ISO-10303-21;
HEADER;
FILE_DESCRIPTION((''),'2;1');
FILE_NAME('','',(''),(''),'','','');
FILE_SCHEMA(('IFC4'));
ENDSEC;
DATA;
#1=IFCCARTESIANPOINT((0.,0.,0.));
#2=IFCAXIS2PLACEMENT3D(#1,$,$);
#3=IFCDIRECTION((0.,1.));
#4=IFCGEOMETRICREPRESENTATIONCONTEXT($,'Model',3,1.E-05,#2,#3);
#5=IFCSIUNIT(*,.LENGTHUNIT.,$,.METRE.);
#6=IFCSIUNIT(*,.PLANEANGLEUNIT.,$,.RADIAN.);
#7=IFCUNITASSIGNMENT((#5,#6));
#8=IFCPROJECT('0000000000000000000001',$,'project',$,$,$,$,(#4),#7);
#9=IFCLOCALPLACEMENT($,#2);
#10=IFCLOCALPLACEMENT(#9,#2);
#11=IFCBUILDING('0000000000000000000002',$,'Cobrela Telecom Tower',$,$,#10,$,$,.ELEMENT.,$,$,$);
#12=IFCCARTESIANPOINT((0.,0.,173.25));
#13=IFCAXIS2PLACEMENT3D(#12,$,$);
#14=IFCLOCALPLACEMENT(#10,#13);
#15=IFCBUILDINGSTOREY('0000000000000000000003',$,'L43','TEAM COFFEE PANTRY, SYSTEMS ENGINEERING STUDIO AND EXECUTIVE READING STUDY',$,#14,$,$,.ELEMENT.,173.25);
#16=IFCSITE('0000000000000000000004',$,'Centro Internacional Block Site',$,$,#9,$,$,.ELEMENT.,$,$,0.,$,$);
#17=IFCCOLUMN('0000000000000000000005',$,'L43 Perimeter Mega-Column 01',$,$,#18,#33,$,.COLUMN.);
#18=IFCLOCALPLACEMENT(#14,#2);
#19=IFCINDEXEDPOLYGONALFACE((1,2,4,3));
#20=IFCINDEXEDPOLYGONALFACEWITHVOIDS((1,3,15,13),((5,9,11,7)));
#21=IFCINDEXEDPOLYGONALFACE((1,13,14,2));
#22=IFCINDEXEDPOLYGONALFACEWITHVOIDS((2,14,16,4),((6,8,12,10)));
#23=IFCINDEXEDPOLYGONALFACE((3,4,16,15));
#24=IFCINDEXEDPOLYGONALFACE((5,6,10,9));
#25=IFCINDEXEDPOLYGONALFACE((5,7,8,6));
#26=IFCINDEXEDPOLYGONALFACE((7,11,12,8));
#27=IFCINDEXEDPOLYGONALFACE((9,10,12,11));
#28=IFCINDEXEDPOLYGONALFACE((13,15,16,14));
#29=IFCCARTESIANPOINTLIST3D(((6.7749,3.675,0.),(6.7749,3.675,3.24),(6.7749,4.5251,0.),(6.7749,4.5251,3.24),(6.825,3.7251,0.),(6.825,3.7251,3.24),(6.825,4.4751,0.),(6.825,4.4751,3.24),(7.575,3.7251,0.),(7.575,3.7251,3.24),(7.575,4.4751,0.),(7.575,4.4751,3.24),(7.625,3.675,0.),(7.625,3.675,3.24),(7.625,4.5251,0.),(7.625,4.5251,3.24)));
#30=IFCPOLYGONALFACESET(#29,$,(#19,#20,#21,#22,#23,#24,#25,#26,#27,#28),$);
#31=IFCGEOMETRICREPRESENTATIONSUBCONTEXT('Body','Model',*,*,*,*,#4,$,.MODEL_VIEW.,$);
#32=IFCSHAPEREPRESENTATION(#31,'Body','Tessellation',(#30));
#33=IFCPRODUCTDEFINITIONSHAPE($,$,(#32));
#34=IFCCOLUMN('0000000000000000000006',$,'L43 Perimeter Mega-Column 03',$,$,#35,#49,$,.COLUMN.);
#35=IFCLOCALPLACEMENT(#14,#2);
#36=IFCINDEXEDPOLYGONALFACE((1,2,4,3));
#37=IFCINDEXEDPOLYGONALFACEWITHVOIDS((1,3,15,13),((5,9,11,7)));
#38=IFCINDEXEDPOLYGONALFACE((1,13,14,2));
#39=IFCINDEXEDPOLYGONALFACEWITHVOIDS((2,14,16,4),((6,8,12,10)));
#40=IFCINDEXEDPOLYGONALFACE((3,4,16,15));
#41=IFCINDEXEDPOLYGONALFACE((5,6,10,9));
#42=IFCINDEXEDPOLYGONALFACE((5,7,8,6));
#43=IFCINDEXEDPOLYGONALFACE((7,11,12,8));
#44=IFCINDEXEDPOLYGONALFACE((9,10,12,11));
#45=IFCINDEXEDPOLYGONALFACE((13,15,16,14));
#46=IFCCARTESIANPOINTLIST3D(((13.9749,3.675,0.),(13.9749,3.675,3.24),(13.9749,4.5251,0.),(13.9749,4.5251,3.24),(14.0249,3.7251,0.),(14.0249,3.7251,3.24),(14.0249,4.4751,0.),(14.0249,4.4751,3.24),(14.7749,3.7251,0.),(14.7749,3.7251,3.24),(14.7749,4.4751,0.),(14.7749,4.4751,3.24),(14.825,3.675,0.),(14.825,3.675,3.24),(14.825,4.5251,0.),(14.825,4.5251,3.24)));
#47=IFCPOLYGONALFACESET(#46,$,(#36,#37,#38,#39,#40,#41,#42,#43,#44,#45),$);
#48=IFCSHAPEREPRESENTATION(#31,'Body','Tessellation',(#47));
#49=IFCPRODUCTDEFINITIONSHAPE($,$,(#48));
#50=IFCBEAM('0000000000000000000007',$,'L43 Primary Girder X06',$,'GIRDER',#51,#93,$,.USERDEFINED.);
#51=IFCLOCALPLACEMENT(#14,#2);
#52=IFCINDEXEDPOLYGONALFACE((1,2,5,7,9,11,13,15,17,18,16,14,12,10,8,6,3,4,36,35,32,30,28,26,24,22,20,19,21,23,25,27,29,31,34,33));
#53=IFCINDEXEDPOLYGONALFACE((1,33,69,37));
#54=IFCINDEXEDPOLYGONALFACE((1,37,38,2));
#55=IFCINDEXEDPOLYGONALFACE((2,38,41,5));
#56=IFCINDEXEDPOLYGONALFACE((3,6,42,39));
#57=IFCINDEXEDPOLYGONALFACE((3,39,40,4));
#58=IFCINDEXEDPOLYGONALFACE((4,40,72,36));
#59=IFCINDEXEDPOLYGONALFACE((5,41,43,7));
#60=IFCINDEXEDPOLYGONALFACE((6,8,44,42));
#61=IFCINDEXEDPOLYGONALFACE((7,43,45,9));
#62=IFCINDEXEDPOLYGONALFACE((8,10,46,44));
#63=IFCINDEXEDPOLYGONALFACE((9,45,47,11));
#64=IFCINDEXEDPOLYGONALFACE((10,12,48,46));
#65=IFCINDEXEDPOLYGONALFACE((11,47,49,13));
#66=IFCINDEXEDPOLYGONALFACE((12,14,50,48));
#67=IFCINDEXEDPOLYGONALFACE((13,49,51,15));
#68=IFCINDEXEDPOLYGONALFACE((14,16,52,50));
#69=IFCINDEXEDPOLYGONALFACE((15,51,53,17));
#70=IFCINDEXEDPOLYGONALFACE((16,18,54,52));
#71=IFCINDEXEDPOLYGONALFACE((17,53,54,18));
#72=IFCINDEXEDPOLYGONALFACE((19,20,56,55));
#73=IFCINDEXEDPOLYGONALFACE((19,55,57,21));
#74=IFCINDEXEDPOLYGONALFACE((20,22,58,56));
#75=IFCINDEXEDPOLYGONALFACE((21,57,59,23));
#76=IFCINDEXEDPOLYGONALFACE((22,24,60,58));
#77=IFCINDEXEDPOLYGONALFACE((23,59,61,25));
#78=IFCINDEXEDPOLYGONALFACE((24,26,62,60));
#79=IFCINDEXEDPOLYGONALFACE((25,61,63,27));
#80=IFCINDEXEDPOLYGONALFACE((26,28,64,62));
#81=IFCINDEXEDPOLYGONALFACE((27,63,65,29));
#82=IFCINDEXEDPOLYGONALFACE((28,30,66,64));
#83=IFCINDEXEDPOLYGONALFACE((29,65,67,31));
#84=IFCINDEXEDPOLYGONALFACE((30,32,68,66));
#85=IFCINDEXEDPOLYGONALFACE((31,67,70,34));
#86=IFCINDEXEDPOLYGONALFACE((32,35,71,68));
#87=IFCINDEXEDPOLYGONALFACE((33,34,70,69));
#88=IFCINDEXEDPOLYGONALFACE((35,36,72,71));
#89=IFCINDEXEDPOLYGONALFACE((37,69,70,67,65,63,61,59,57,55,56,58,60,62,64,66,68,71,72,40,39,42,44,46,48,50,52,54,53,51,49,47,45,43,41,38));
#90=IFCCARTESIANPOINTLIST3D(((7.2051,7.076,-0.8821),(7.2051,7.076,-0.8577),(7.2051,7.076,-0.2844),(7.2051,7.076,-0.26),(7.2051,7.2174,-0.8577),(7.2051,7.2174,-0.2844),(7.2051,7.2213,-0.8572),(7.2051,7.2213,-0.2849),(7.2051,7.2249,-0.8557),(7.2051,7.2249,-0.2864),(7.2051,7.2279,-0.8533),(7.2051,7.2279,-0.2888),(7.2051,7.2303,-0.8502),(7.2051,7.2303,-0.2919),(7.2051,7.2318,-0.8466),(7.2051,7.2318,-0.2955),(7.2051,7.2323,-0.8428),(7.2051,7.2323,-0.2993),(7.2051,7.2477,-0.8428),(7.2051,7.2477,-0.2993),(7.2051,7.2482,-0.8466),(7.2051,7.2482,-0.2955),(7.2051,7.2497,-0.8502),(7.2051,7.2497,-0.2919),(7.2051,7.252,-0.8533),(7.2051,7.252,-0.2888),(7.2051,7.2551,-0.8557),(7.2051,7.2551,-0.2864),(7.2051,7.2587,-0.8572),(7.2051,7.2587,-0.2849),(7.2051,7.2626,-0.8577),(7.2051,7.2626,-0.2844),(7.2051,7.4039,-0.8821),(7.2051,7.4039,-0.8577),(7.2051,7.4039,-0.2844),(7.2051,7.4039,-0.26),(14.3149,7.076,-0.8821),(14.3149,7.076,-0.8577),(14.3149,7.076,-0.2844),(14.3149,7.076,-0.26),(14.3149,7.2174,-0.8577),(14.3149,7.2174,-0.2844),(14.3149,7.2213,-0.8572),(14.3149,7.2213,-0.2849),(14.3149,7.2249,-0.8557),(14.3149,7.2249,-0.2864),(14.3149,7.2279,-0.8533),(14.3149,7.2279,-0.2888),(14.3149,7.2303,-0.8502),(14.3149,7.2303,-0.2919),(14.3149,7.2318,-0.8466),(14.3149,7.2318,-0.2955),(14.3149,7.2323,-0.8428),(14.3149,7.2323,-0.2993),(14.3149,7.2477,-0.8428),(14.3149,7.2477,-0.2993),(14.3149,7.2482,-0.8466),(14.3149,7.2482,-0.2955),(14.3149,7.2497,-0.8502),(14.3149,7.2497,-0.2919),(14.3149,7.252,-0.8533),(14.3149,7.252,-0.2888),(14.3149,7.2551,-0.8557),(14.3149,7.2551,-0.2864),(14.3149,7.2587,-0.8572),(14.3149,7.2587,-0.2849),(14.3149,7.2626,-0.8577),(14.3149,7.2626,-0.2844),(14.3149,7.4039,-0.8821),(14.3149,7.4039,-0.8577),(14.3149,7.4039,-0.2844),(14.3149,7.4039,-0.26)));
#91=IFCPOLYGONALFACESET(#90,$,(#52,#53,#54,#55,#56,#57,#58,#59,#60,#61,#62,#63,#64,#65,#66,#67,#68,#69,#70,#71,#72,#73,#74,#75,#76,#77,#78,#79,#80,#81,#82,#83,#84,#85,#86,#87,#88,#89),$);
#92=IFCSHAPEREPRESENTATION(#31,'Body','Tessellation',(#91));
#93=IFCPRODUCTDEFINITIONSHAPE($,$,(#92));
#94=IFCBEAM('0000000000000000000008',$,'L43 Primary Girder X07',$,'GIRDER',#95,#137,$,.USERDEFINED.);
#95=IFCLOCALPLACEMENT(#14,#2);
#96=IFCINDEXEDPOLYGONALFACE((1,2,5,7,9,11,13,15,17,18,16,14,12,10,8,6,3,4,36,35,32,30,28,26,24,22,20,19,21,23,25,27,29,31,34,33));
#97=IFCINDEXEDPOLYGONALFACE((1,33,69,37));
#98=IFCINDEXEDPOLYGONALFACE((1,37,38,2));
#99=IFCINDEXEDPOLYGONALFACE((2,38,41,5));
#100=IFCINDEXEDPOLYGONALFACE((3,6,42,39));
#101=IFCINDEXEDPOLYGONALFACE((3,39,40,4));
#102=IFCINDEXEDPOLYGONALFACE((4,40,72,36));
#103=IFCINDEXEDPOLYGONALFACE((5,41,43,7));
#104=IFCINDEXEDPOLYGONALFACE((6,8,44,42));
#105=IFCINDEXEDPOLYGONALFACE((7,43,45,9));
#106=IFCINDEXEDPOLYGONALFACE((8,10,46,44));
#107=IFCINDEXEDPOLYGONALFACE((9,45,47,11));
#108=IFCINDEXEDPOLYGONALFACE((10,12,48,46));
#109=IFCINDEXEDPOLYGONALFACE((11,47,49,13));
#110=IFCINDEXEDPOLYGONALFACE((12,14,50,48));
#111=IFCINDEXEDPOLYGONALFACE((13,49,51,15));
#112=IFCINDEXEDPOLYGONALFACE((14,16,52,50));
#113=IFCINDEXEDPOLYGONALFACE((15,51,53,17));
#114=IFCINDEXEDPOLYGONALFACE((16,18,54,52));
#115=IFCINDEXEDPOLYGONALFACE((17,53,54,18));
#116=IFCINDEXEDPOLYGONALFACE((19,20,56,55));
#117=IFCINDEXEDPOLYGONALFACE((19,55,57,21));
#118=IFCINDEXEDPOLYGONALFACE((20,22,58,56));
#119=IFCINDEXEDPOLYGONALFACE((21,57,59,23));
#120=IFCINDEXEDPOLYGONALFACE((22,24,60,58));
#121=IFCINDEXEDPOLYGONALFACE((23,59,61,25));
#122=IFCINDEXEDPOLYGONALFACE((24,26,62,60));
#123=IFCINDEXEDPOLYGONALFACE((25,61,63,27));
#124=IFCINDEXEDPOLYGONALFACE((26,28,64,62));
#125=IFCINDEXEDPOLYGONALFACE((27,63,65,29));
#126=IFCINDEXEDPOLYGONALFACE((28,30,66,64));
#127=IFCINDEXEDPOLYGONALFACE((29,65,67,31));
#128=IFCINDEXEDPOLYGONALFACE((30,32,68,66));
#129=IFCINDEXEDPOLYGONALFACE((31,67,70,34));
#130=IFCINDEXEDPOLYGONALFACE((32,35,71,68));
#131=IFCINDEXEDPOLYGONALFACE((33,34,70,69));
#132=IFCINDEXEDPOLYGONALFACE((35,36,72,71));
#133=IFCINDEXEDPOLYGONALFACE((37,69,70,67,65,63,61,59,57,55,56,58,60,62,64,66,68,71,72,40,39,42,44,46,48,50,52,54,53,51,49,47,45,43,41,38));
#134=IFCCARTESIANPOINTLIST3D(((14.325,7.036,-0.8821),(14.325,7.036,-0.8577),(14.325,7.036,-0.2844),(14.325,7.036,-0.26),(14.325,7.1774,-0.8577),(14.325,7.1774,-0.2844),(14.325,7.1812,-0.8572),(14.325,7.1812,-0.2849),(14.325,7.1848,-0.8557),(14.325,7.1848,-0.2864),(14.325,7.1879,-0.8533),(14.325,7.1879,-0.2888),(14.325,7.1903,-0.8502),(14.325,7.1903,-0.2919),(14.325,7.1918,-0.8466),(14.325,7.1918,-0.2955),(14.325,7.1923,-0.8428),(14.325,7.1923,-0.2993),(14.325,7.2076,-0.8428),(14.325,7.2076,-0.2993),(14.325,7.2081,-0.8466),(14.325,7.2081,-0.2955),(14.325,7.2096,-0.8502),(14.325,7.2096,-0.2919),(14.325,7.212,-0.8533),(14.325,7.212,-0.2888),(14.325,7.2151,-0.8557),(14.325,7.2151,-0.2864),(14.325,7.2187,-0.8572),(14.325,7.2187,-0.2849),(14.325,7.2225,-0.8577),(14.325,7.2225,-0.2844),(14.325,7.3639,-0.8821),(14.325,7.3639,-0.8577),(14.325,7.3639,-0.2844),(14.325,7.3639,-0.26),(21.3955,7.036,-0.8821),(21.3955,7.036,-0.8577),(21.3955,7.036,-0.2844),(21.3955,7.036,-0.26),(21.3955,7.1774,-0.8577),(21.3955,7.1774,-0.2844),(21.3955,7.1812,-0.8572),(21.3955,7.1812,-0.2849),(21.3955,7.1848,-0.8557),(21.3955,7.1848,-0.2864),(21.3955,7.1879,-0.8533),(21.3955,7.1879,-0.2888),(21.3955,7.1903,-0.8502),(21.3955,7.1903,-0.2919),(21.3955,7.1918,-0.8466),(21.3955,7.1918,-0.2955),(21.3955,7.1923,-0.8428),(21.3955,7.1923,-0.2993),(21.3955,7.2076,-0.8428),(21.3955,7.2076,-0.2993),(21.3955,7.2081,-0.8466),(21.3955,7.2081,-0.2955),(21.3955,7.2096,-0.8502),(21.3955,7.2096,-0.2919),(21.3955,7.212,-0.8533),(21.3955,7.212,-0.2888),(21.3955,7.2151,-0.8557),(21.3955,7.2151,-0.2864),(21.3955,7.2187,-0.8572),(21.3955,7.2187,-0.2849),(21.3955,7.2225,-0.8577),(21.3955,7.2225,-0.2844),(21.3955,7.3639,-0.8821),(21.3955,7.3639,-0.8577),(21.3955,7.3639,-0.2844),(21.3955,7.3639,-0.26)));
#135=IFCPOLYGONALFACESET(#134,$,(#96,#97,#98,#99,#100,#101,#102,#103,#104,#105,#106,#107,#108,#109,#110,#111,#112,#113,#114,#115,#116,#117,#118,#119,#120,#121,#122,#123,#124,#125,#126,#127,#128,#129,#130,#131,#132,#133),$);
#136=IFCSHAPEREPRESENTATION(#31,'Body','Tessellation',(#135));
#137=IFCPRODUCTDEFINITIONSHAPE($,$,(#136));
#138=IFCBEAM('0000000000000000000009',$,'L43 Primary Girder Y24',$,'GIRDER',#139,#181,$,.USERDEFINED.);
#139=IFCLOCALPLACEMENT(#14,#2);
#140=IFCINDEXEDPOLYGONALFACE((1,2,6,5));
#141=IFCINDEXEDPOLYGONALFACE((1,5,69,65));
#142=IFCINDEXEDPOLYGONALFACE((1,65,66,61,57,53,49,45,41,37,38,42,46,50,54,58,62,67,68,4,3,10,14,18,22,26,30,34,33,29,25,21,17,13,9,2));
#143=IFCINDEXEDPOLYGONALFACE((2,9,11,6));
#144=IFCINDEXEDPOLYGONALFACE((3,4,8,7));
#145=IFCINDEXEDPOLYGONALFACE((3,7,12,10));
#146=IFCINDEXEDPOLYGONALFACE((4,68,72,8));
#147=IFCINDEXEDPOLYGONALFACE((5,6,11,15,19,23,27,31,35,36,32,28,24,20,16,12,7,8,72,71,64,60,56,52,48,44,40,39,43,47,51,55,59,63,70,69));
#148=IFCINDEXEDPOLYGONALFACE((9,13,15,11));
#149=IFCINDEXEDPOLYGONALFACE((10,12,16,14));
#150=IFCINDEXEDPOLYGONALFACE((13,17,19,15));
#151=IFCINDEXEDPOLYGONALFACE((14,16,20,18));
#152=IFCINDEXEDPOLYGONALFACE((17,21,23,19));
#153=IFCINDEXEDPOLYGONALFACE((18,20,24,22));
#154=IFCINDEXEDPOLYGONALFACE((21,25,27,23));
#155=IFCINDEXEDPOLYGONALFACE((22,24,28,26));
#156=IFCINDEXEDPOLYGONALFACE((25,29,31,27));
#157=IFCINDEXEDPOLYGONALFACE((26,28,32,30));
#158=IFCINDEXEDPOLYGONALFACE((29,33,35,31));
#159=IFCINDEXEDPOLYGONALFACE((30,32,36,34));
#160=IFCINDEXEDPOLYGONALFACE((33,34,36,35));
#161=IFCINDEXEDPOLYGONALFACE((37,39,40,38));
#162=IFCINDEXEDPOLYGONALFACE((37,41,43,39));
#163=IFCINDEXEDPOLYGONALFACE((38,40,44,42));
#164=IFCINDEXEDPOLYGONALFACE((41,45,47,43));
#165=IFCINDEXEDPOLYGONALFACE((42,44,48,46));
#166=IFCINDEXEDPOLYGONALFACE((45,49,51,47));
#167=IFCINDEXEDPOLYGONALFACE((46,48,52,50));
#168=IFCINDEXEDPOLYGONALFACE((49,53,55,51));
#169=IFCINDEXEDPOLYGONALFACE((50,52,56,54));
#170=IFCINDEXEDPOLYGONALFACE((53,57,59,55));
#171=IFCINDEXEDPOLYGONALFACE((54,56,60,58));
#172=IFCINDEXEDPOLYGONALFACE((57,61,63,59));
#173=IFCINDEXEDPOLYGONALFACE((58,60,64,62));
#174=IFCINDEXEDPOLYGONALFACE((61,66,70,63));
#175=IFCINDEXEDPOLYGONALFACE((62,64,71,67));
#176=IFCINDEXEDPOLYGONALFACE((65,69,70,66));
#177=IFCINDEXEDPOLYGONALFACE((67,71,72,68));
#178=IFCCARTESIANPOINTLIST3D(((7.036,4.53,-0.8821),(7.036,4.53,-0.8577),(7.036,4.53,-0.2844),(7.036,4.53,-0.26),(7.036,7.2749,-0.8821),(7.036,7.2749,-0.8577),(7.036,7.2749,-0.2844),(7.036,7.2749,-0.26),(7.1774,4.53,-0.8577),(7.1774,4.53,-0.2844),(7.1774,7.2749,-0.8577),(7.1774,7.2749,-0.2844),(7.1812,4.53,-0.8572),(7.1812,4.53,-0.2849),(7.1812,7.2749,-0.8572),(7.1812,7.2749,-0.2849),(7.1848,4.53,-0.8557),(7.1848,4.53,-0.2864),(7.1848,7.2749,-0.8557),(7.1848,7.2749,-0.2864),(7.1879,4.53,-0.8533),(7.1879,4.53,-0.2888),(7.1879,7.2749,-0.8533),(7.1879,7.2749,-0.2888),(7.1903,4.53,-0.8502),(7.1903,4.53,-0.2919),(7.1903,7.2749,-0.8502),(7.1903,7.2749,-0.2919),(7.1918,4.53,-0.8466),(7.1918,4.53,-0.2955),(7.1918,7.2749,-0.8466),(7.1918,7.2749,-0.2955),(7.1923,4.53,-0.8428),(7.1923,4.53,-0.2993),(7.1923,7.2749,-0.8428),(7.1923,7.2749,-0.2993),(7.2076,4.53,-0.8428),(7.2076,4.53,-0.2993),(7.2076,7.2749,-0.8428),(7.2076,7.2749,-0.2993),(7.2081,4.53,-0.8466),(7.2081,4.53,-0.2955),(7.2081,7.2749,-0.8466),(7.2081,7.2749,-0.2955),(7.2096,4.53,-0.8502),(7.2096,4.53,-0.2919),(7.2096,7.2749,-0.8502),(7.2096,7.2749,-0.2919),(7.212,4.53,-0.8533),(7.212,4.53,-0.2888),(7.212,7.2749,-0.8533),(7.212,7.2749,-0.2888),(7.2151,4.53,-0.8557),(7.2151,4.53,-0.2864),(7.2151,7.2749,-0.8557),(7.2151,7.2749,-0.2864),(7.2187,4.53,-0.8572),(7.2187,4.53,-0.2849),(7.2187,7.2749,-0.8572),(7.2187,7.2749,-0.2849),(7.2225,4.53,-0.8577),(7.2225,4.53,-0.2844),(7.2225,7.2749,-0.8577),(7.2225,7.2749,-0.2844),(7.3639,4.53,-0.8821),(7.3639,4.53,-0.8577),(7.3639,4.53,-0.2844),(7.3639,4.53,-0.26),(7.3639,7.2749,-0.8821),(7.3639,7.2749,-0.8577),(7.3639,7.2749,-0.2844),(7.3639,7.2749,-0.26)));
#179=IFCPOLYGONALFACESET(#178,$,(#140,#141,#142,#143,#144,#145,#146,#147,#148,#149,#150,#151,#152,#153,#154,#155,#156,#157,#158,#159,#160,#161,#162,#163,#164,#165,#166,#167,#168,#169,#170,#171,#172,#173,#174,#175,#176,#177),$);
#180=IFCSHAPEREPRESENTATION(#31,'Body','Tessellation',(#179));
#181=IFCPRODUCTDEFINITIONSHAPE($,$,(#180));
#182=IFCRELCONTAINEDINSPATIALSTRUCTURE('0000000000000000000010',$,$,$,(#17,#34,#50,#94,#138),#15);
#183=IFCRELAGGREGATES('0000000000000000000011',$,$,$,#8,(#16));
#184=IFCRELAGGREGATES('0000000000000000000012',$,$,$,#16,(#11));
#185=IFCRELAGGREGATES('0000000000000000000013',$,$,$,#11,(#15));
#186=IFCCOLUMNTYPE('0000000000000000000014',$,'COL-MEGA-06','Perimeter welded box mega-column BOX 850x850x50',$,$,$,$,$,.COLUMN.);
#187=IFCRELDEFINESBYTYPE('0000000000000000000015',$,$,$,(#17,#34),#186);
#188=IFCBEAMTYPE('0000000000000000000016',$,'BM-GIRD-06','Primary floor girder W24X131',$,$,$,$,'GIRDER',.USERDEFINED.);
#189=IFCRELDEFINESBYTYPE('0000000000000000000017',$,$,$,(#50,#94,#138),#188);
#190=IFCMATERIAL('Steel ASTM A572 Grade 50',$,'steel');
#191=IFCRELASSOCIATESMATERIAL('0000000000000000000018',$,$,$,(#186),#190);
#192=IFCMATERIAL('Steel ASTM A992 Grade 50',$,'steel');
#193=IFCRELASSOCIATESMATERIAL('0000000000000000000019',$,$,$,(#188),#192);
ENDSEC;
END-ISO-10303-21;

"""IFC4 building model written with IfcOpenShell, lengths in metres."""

from ifc_helpers import new_model, si_unit, direction, frame, origin, origin_2d, place, context, subcontext, project, spatial, hollow_rectangle, i_section, extrude, material, material_profile, profile_set, type_object, element, save


model = new_model("IFC4")

# Units and contexts
model_context = context("Model", 3, precision=1e-05, world=origin(), true_north=direction((0.0, 1.0)))
body_context = subcontext(model_context, "Body", "Model", "MODEL_VIEW")
ifc_project = project(units=[si_unit("LENGTHUNIT", "METRE"), si_unit("PLANEANGLEUNIT", "RADIAN")], contexts=[model_context])

# Site, building, storey
site_placement = place(None, origin())
site = spatial("IfcSite", under=ifc_project, at=site_placement, Name="Centro Internacional Block Site", CompositionType="ELEMENT", RefElevation=0.0)
building_placement = place(site_placement, origin())
building = spatial("IfcBuilding", under=site, at=building_placement, Name="Cobrela Telecom Tower", CompositionType="ELEMENT")
storey_placement = place(building_placement, frame((0.0, 0.0, 173.25)))
storey = spatial("IfcBuildingStorey", under=building, at=storey_placement, Name="L43", Description="TEAM COFFEE PANTRY, SYSTEMS ENGINEERING STUDIO AND EXECUTIVE READING STUDY", CompositionType="ELEMENT", Elevation=173.25)

# Columns
ifc_material_1 = material(Name="Steel ASTM A572 Grade 50", Category="steel")
ifc_material_profile_1 = material_profile(ifc_material_1, hollow_rectangle(XDim=0.8501, YDim=0.8501, WallThickness=0.05, at=origin_2d()), Name="BOX 850x850x50")
ifc_profile_set_1 = profile_set([ifc_material_profile_1], Name="Steel ASTM A572 Grade 50")
column_type = type_object("IfcColumnType", Name="COL-MEGA-06", Description="Perimeter welded box mega-column BOX 850x850x50", PredefinedType="COLUMN", material=ifc_profile_set_1)
for number, where, z_axis, x_axis, name in (
    (1, (7.2, 4.1001, 0.0), (0.0, 0.0, 1.0), (1.0, 0.0, 0.0), "L43 Perimeter Mega-Column 01"),
    (2, (14.3999, 4.1001, 0.0), (0.0, 0.0, 1.0), (1.0, 0.0, 0.0), "L43 Perimeter Mega-Column 03"),
):
    element("IfcColumn", number, at=place(storey_placement, frame(where, z_axis=z_axis, x_axis=x_axis)), inside=storey, type_object=column_type, Name=name, PredefinedType="COLUMN", context=body_context, shape_type="SweptSolid", body=[
        extrude(hollow_rectangle(XDim=0.8501, YDim=0.8501, WallThickness=0.05, at=origin_2d()), origin(), (0.0, 0.0, 1.0), 3.24),
    ])

# Beams
ifc_material_2 = material(Name="Steel ASTM A992 Grade 50", Category="steel")
ifc_material_profile_2 = material_profile(ifc_material_2, i_section(OverallWidth=0.3279, OverallDepth=0.6221, WebThickness=0.0154, FlangeThickness=0.0244, FilletRadius=0.0149, at=origin_2d()), Name="W24X131")
ifc_profile_set_2 = profile_set([ifc_material_profile_2], Name="Steel ASTM A992 Grade 50")
beam_type_1 = type_object("IfcBeamType", Name="BM-GIRD-06", Description="Primary floor girder W24X131", ElementType="GIRDER", PredefinedType="USERDEFINED", material=ifc_profile_set_2)
beam_1_placement = place(storey_placement, frame((7.2051, 7.24, -0.571), z_axis=(1.0, 0.0, 0.0), x_axis=(0.0, 1.0, 0.0)))
element("IfcBeam", 3, at=beam_1_placement, inside=storey, type_object=beam_type_1, Name="L43 Primary Girder X06", ObjectType="GIRDER", PredefinedType="USERDEFINED", context=body_context, shape_type="SweptSolid", body=[
    extrude(i_section(OverallWidth=0.3279, OverallDepth=0.6221, WebThickness=0.0154, FlangeThickness=0.0244, FilletRadius=0.0149, at=origin_2d()), origin(), (0.0, 0.0, 1.0), 7.1099),
])
beam_2_placement = place(storey_placement, frame((14.325, 7.2, -0.571), z_axis=(1.0, 0.0, 0.0), x_axis=(0.0, 1.0, 0.0)))
element("IfcBeam", 4, at=beam_2_placement, inside=storey, type_object=beam_type_1, Name="L43 Primary Girder X07", ObjectType="GIRDER", PredefinedType="USERDEFINED", context=body_context, shape_type="SweptSolid", body=[
    extrude(i_section(OverallWidth=0.3279, OverallDepth=0.6221, WebThickness=0.0154, FlangeThickness=0.0244, FilletRadius=0.0149, at=origin_2d()), origin(), (0.0, 0.0, 1.0), 7.0706),
])
beam_3_placement = place(storey_placement, frame((7.2, 4.53, -0.571), z_axis=(0.0, 1.0, 0.0), x_axis=(-1.0, 0.0, 0.0)))
element("IfcBeam", 5, at=beam_3_placement, inside=storey, type_object=beam_type_1, Name="L43 Primary Girder Y24", ObjectType="GIRDER", PredefinedType="USERDEFINED", context=body_context, shape_type="SweptSolid", body=[
    extrude(i_section(OverallWidth=0.3279, OverallDepth=0.6221, WebThickness=0.0154, FlangeThickness=0.0244, FilletRadius=0.0149, at=origin_2d()), origin(), (0.0, 0.0, 1.0), 2.7449),
])

save(model, "model.ifc")
